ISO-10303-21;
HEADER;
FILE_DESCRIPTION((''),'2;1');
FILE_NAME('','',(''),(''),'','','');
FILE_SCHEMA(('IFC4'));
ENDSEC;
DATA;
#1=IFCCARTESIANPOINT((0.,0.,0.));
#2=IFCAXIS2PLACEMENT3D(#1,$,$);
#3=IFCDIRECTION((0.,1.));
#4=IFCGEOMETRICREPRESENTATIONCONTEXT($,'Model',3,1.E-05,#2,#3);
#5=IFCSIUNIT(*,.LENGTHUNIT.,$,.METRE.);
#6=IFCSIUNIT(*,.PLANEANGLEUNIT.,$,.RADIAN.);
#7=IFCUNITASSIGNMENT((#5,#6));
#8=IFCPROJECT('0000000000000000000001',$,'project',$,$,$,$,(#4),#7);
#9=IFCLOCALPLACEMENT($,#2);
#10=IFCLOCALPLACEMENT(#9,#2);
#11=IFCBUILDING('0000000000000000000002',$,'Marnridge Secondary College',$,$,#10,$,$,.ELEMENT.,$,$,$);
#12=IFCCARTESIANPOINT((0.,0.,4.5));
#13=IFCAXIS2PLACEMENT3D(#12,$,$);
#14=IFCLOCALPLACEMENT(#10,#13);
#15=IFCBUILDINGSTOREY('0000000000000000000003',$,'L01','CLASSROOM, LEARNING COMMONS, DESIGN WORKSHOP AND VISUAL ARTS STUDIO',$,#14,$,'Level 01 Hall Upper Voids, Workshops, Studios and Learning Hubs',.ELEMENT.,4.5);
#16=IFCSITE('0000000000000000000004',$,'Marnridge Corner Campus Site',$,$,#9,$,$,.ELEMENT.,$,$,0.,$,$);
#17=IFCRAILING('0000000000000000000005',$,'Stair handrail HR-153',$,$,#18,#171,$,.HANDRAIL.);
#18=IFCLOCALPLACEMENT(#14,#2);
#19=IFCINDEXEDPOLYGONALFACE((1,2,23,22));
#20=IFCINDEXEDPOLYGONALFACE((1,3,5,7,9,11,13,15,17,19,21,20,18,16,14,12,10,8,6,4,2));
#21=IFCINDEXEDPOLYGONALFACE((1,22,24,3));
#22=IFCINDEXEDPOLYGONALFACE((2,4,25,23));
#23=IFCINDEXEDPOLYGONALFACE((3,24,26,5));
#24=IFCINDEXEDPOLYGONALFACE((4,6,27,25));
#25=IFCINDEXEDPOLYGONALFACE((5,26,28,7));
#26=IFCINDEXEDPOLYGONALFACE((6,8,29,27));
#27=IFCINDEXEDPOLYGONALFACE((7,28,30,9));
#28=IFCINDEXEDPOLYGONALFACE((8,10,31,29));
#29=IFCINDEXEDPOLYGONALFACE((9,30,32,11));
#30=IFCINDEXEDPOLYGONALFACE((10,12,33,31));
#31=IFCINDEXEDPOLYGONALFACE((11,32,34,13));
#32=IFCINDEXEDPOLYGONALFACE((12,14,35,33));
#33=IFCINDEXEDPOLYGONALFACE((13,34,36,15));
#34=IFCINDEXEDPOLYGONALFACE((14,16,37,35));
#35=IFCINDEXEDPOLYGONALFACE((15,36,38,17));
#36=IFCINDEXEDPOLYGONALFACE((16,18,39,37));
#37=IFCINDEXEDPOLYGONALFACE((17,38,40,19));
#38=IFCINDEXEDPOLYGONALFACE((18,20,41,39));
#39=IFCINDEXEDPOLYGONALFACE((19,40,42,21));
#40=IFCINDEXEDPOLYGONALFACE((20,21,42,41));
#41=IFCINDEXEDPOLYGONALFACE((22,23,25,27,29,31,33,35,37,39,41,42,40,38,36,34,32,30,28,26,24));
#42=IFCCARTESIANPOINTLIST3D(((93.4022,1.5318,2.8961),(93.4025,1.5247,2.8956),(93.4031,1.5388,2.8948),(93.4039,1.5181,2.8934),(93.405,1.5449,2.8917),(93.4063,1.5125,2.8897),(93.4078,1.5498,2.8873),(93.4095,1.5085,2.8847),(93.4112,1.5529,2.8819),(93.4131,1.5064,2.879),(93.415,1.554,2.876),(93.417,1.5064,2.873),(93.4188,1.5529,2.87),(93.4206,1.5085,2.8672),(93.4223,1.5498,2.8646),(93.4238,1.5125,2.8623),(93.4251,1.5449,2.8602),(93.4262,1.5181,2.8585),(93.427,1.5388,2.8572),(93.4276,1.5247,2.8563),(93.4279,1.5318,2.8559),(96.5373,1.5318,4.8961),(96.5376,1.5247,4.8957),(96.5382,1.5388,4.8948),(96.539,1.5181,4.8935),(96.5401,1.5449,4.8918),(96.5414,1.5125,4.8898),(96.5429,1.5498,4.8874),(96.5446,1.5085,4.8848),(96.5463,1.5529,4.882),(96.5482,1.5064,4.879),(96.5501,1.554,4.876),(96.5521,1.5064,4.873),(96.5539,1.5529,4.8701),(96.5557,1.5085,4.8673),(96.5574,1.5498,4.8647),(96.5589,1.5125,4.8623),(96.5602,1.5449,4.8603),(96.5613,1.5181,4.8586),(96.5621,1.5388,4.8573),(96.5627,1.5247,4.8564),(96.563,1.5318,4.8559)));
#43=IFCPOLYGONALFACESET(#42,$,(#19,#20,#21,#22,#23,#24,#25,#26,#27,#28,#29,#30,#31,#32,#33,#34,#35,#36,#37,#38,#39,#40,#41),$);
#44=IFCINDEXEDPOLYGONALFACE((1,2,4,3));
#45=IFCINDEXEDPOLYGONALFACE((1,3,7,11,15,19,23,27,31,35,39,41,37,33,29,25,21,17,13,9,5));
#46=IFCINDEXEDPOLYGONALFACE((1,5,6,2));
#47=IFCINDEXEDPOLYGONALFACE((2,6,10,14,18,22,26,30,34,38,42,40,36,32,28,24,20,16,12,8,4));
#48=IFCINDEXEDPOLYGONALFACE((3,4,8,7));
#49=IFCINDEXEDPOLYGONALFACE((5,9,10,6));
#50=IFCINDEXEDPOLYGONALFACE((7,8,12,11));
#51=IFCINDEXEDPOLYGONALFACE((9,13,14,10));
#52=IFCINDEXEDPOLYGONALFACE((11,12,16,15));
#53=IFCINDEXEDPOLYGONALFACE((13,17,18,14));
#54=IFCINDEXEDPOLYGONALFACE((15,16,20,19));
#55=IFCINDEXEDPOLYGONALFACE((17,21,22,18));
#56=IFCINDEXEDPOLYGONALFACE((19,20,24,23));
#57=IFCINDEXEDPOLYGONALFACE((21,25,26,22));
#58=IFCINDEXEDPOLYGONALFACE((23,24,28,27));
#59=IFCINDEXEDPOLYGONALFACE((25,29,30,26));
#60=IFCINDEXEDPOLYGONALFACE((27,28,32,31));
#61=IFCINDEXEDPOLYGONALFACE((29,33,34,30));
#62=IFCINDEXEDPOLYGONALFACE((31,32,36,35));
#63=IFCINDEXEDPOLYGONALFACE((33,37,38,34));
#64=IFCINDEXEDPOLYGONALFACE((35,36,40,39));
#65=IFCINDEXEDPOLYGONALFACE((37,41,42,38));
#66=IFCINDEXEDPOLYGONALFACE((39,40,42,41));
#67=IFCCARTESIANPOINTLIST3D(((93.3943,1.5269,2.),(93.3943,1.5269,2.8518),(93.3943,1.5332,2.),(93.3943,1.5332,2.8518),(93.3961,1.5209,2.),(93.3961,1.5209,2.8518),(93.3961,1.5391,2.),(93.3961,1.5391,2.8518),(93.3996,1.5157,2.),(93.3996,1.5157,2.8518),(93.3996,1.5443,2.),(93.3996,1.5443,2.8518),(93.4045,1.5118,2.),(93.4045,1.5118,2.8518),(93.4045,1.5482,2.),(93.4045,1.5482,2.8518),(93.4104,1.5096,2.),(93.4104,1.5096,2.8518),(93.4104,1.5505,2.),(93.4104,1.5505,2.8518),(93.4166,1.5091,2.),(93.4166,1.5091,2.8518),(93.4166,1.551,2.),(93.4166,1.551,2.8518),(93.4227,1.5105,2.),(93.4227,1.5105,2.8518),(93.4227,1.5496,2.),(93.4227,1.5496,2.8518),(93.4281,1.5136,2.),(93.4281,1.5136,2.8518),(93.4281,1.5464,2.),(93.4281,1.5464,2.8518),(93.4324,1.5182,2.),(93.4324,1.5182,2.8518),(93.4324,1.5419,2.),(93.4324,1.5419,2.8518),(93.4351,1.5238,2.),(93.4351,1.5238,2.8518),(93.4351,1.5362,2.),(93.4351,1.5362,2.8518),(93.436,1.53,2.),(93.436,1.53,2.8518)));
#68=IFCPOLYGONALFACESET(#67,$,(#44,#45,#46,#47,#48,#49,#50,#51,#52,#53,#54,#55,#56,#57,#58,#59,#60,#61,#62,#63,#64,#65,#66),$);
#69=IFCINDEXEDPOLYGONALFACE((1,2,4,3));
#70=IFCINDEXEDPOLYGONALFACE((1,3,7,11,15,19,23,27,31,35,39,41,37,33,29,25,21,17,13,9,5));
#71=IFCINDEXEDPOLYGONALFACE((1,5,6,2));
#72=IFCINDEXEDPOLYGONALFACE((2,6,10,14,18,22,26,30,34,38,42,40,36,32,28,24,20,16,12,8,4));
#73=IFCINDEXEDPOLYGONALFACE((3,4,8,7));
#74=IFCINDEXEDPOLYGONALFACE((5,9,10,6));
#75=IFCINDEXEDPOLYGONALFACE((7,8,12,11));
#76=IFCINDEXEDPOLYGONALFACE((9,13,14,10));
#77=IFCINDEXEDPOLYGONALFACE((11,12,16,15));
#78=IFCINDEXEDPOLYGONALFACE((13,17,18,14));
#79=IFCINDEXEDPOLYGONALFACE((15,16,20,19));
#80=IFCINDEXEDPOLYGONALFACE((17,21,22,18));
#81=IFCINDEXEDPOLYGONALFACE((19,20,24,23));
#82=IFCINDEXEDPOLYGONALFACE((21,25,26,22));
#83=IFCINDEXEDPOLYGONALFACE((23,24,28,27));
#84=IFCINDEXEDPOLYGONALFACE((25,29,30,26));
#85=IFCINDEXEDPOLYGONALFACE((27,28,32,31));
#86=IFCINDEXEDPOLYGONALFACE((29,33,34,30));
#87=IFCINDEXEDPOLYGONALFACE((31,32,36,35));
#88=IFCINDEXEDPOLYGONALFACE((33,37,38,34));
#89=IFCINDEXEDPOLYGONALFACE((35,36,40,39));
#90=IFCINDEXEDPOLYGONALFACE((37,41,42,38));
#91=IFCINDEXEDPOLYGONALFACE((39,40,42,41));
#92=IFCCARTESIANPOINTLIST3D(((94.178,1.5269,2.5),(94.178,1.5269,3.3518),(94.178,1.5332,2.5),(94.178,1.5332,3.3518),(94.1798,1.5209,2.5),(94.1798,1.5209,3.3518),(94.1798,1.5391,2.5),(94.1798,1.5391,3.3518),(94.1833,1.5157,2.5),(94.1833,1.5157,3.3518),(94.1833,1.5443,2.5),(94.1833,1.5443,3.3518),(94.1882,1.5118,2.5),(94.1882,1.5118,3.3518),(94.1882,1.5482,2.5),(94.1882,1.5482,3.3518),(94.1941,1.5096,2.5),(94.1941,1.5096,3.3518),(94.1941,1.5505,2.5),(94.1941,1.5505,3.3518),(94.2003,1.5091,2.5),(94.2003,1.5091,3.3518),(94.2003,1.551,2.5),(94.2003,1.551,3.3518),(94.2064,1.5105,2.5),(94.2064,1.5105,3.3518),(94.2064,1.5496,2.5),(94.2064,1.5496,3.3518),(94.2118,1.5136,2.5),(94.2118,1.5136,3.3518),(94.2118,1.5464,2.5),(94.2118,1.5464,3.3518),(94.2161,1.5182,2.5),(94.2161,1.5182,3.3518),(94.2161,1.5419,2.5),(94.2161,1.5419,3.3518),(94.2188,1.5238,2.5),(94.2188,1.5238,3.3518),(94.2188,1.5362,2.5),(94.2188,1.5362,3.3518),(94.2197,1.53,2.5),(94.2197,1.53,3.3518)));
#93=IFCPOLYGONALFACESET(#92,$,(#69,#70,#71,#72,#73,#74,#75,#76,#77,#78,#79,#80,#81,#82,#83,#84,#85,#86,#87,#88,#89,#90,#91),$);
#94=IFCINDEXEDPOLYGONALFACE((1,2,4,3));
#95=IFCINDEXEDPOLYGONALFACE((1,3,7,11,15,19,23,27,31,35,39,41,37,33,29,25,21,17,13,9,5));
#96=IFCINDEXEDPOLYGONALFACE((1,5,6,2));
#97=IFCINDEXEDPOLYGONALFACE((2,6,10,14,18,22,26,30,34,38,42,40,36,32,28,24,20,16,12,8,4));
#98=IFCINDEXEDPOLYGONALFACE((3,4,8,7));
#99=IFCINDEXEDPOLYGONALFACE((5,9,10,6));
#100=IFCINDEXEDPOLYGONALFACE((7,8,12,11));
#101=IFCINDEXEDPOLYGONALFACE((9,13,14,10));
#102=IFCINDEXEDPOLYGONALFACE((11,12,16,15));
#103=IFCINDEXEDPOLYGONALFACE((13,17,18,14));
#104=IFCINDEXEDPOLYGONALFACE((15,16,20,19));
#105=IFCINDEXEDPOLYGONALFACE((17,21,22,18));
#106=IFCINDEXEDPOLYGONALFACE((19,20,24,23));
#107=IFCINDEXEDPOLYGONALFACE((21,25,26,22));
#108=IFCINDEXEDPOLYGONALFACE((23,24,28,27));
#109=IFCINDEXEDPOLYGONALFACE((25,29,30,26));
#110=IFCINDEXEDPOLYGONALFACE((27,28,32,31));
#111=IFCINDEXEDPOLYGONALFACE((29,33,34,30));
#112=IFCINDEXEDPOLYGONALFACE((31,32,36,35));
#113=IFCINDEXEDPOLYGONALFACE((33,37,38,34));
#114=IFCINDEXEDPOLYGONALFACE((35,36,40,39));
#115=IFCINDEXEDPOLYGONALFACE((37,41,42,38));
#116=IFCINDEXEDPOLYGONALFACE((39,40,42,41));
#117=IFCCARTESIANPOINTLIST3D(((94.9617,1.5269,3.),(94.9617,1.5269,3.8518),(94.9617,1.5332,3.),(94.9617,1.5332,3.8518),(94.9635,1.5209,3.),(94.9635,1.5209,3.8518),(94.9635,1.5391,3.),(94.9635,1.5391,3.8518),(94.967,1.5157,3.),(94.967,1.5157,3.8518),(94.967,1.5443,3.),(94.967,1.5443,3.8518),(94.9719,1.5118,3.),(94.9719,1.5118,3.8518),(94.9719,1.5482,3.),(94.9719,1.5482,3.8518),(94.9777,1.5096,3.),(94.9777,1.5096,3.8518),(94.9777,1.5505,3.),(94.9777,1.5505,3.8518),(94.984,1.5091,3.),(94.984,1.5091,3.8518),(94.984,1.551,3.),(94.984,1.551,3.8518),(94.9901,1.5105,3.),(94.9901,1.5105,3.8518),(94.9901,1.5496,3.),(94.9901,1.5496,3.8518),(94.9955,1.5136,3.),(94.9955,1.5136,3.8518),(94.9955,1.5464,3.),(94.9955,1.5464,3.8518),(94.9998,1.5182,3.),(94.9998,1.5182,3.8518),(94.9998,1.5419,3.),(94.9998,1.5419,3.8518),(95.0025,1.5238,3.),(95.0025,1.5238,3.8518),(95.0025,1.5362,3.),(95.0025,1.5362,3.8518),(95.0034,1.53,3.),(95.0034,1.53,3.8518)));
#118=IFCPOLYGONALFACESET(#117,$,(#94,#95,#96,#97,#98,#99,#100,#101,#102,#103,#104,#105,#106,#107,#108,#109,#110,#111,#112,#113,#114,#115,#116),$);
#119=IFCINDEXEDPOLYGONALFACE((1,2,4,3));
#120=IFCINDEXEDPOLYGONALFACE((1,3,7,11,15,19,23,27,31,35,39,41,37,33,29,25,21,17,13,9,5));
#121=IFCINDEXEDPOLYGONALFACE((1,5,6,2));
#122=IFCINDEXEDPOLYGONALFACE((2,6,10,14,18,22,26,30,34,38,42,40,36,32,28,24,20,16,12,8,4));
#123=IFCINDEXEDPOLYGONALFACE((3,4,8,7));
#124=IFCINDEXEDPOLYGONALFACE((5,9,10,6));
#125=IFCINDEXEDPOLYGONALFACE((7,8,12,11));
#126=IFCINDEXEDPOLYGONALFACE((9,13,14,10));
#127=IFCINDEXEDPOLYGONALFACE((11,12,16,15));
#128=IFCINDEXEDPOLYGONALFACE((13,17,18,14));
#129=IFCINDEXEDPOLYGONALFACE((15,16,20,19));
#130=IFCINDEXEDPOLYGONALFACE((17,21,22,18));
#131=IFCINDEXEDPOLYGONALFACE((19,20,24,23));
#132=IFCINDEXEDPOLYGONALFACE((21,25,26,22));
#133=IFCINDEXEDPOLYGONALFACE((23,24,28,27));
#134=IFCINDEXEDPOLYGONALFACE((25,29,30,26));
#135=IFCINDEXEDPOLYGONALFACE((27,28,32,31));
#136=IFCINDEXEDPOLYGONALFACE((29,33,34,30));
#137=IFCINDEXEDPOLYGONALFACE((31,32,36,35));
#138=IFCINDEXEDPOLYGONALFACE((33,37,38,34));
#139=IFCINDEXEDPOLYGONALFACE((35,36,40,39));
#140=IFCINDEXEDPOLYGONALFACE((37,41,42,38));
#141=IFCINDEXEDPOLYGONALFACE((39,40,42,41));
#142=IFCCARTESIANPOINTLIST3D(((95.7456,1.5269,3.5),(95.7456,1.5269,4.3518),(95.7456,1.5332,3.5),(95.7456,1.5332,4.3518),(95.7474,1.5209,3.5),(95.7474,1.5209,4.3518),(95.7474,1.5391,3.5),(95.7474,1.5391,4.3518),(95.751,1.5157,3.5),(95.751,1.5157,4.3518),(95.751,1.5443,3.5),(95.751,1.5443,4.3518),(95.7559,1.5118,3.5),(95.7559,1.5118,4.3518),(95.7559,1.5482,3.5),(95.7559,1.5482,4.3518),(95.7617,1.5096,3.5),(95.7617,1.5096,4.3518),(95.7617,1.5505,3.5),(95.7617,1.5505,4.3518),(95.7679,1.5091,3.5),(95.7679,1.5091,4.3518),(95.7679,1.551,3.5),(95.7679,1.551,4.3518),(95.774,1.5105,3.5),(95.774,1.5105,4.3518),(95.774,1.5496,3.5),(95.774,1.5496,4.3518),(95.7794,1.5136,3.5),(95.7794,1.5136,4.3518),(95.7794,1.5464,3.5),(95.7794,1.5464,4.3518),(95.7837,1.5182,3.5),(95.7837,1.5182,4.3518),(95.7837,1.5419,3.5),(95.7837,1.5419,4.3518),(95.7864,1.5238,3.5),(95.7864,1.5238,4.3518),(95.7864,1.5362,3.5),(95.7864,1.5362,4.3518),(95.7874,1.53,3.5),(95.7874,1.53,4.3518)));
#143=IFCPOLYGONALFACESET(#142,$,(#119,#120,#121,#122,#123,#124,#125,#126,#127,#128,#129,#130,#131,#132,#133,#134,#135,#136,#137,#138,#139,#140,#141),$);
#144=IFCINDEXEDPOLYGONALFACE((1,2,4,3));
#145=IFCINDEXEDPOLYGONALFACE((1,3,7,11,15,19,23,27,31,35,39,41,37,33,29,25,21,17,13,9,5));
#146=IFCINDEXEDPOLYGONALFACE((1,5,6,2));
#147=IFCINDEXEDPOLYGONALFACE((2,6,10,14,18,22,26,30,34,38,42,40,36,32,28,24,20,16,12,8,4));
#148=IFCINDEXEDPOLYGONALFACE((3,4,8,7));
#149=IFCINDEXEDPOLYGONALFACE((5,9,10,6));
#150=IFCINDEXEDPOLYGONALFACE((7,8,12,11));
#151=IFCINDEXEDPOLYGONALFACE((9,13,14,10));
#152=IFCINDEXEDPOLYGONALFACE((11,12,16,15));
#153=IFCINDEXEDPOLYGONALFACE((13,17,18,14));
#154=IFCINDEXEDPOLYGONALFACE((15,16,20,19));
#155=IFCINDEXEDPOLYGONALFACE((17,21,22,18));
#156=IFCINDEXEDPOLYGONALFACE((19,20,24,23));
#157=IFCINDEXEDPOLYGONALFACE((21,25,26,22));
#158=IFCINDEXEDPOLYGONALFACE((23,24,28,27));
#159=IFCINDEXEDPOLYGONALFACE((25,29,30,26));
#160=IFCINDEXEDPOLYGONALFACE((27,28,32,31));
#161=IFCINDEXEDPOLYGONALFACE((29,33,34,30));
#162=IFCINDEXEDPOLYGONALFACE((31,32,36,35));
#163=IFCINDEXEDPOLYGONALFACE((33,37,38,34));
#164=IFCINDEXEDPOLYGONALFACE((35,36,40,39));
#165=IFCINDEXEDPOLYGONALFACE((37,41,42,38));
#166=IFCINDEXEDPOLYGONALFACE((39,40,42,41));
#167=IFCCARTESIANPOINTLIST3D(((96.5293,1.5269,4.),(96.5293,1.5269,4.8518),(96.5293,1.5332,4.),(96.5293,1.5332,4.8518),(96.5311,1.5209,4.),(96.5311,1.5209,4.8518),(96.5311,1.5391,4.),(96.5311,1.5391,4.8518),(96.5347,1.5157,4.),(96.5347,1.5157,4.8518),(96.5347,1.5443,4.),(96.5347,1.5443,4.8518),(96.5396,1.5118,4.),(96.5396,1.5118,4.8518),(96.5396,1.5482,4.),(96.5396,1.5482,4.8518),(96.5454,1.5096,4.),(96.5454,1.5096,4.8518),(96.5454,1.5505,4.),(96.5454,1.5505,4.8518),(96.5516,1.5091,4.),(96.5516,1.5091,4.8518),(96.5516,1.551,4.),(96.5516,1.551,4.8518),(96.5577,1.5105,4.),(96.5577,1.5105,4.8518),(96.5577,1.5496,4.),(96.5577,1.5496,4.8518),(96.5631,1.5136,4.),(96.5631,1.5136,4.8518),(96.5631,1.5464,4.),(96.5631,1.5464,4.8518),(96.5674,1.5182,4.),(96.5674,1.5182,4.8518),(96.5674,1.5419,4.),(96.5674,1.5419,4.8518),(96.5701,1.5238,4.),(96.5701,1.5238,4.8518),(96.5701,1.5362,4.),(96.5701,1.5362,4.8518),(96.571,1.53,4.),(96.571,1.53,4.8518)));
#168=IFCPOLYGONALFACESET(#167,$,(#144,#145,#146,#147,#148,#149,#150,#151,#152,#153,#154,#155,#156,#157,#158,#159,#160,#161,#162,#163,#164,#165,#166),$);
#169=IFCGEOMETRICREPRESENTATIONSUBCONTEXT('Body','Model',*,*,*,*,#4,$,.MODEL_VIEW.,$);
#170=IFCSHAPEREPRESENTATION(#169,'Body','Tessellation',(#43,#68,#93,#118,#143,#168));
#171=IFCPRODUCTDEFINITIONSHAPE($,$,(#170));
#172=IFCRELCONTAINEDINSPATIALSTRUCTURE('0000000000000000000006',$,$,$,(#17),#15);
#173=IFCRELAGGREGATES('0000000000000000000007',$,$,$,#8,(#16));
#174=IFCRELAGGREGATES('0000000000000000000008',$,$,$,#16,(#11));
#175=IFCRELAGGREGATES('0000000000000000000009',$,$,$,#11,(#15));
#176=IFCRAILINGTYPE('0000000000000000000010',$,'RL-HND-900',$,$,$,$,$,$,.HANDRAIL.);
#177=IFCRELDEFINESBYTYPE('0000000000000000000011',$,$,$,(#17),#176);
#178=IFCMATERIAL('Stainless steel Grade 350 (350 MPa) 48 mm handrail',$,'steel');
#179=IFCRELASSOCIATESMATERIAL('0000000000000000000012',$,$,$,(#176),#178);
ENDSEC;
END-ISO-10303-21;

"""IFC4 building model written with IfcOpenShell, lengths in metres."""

from ifc_helpers import new_model, si_unit, direction, frame, origin, origin_2d, place, context, subcontext, project, spatial, circle, extrude, material, type_object, element, save


model = new_model("IFC4")

# Units and contexts
model_context = context("Model", 3, precision=1e-05, world=origin(), true_north=direction((0.0, 1.0)))
body_context = subcontext(model_context, "Body", "Model", "MODEL_VIEW")
ifc_project = project(units=[si_unit("LENGTHUNIT", "METRE"), si_unit("PLANEANGLEUNIT", "RADIAN")], contexts=[model_context])

# Site, building, storey
site_placement = place(None, origin())
site = spatial("IfcSite", under=ifc_project, at=site_placement, Name="Marnridge Corner Campus Site", CompositionType="ELEMENT", RefElevation=0.0)
building_placement = place(site_placement, origin())
building = spatial("IfcBuilding", under=site, at=building_placement, Name="Marnridge Secondary College", CompositionType="ELEMENT")
storey_placement = place(building_placement, frame((0.0, 0.0, 4.5)))
storey = spatial("IfcBuildingStorey", under=building, at=storey_placement, Name="L01", Description="CLASSROOM, LEARNING COMMONS, DESIGN WORKSHOP AND VISUAL ARTS STUDIO", LongName="Level 01 Hall Upper Voids, Workshops, Studios and Learning Hubs", CompositionType="ELEMENT", Elevation=4.5)

# Railing
ifc_material_1 = material(Name="Stainless steel Grade 350 (350 MPa) 48 mm handrail", Category="steel")
railing_type_1 = type_object("IfcRailingType", Name="RL-HND-900", PredefinedType="HANDRAIL", material=ifc_material_1)
for number, where, name in (
    (1, (93.415, 1.53, 2.0), "Stair handrail HR-153"),
):
    element("IfcRailing", number, at=place(storey_placement, frame(where)), inside=storey, type_object=railing_type_1, Name=name, PredefinedType="HANDRAIL", context=body_context, shape_type="SweptSolid", body=[
        extrude(circle(Radius=0.0239, at=origin_2d()), frame((0.0, 0.0, 0.876), z_axis=(0.843053, 0.0, 0.537831), x_axis=(0.0, 1.0, 0.0)), (0.0, 0.0, 1.0), 3.7188),
        extrude(circle(Radius=0.021, at=origin_2d()), origin(), (0.0, 0.0, 1.0), 0.8518),
        extrude(circle(Radius=0.021, at=origin_2d()), frame((0.7837, 0.0, 0.5)), (0.0, 0.0, 1.0), 0.8518),
        extrude(circle(Radius=0.021, at=origin_2d()), frame((1.5674, 0.0, 1.0)), (0.0, 0.0, 1.0), 0.8518),
        extrude(circle(Radius=0.021, at=origin_2d()), frame((2.3513, 0.0, 1.5)), (0.0, 0.0, 1.0), 0.8518),
        extrude(circle(Radius=0.021, at=origin_2d()), frame((3.135, 0.0, 2.0)), (0.0, 0.0, 1.0), 0.8518),
    ])

save(model, "model.ifc")
